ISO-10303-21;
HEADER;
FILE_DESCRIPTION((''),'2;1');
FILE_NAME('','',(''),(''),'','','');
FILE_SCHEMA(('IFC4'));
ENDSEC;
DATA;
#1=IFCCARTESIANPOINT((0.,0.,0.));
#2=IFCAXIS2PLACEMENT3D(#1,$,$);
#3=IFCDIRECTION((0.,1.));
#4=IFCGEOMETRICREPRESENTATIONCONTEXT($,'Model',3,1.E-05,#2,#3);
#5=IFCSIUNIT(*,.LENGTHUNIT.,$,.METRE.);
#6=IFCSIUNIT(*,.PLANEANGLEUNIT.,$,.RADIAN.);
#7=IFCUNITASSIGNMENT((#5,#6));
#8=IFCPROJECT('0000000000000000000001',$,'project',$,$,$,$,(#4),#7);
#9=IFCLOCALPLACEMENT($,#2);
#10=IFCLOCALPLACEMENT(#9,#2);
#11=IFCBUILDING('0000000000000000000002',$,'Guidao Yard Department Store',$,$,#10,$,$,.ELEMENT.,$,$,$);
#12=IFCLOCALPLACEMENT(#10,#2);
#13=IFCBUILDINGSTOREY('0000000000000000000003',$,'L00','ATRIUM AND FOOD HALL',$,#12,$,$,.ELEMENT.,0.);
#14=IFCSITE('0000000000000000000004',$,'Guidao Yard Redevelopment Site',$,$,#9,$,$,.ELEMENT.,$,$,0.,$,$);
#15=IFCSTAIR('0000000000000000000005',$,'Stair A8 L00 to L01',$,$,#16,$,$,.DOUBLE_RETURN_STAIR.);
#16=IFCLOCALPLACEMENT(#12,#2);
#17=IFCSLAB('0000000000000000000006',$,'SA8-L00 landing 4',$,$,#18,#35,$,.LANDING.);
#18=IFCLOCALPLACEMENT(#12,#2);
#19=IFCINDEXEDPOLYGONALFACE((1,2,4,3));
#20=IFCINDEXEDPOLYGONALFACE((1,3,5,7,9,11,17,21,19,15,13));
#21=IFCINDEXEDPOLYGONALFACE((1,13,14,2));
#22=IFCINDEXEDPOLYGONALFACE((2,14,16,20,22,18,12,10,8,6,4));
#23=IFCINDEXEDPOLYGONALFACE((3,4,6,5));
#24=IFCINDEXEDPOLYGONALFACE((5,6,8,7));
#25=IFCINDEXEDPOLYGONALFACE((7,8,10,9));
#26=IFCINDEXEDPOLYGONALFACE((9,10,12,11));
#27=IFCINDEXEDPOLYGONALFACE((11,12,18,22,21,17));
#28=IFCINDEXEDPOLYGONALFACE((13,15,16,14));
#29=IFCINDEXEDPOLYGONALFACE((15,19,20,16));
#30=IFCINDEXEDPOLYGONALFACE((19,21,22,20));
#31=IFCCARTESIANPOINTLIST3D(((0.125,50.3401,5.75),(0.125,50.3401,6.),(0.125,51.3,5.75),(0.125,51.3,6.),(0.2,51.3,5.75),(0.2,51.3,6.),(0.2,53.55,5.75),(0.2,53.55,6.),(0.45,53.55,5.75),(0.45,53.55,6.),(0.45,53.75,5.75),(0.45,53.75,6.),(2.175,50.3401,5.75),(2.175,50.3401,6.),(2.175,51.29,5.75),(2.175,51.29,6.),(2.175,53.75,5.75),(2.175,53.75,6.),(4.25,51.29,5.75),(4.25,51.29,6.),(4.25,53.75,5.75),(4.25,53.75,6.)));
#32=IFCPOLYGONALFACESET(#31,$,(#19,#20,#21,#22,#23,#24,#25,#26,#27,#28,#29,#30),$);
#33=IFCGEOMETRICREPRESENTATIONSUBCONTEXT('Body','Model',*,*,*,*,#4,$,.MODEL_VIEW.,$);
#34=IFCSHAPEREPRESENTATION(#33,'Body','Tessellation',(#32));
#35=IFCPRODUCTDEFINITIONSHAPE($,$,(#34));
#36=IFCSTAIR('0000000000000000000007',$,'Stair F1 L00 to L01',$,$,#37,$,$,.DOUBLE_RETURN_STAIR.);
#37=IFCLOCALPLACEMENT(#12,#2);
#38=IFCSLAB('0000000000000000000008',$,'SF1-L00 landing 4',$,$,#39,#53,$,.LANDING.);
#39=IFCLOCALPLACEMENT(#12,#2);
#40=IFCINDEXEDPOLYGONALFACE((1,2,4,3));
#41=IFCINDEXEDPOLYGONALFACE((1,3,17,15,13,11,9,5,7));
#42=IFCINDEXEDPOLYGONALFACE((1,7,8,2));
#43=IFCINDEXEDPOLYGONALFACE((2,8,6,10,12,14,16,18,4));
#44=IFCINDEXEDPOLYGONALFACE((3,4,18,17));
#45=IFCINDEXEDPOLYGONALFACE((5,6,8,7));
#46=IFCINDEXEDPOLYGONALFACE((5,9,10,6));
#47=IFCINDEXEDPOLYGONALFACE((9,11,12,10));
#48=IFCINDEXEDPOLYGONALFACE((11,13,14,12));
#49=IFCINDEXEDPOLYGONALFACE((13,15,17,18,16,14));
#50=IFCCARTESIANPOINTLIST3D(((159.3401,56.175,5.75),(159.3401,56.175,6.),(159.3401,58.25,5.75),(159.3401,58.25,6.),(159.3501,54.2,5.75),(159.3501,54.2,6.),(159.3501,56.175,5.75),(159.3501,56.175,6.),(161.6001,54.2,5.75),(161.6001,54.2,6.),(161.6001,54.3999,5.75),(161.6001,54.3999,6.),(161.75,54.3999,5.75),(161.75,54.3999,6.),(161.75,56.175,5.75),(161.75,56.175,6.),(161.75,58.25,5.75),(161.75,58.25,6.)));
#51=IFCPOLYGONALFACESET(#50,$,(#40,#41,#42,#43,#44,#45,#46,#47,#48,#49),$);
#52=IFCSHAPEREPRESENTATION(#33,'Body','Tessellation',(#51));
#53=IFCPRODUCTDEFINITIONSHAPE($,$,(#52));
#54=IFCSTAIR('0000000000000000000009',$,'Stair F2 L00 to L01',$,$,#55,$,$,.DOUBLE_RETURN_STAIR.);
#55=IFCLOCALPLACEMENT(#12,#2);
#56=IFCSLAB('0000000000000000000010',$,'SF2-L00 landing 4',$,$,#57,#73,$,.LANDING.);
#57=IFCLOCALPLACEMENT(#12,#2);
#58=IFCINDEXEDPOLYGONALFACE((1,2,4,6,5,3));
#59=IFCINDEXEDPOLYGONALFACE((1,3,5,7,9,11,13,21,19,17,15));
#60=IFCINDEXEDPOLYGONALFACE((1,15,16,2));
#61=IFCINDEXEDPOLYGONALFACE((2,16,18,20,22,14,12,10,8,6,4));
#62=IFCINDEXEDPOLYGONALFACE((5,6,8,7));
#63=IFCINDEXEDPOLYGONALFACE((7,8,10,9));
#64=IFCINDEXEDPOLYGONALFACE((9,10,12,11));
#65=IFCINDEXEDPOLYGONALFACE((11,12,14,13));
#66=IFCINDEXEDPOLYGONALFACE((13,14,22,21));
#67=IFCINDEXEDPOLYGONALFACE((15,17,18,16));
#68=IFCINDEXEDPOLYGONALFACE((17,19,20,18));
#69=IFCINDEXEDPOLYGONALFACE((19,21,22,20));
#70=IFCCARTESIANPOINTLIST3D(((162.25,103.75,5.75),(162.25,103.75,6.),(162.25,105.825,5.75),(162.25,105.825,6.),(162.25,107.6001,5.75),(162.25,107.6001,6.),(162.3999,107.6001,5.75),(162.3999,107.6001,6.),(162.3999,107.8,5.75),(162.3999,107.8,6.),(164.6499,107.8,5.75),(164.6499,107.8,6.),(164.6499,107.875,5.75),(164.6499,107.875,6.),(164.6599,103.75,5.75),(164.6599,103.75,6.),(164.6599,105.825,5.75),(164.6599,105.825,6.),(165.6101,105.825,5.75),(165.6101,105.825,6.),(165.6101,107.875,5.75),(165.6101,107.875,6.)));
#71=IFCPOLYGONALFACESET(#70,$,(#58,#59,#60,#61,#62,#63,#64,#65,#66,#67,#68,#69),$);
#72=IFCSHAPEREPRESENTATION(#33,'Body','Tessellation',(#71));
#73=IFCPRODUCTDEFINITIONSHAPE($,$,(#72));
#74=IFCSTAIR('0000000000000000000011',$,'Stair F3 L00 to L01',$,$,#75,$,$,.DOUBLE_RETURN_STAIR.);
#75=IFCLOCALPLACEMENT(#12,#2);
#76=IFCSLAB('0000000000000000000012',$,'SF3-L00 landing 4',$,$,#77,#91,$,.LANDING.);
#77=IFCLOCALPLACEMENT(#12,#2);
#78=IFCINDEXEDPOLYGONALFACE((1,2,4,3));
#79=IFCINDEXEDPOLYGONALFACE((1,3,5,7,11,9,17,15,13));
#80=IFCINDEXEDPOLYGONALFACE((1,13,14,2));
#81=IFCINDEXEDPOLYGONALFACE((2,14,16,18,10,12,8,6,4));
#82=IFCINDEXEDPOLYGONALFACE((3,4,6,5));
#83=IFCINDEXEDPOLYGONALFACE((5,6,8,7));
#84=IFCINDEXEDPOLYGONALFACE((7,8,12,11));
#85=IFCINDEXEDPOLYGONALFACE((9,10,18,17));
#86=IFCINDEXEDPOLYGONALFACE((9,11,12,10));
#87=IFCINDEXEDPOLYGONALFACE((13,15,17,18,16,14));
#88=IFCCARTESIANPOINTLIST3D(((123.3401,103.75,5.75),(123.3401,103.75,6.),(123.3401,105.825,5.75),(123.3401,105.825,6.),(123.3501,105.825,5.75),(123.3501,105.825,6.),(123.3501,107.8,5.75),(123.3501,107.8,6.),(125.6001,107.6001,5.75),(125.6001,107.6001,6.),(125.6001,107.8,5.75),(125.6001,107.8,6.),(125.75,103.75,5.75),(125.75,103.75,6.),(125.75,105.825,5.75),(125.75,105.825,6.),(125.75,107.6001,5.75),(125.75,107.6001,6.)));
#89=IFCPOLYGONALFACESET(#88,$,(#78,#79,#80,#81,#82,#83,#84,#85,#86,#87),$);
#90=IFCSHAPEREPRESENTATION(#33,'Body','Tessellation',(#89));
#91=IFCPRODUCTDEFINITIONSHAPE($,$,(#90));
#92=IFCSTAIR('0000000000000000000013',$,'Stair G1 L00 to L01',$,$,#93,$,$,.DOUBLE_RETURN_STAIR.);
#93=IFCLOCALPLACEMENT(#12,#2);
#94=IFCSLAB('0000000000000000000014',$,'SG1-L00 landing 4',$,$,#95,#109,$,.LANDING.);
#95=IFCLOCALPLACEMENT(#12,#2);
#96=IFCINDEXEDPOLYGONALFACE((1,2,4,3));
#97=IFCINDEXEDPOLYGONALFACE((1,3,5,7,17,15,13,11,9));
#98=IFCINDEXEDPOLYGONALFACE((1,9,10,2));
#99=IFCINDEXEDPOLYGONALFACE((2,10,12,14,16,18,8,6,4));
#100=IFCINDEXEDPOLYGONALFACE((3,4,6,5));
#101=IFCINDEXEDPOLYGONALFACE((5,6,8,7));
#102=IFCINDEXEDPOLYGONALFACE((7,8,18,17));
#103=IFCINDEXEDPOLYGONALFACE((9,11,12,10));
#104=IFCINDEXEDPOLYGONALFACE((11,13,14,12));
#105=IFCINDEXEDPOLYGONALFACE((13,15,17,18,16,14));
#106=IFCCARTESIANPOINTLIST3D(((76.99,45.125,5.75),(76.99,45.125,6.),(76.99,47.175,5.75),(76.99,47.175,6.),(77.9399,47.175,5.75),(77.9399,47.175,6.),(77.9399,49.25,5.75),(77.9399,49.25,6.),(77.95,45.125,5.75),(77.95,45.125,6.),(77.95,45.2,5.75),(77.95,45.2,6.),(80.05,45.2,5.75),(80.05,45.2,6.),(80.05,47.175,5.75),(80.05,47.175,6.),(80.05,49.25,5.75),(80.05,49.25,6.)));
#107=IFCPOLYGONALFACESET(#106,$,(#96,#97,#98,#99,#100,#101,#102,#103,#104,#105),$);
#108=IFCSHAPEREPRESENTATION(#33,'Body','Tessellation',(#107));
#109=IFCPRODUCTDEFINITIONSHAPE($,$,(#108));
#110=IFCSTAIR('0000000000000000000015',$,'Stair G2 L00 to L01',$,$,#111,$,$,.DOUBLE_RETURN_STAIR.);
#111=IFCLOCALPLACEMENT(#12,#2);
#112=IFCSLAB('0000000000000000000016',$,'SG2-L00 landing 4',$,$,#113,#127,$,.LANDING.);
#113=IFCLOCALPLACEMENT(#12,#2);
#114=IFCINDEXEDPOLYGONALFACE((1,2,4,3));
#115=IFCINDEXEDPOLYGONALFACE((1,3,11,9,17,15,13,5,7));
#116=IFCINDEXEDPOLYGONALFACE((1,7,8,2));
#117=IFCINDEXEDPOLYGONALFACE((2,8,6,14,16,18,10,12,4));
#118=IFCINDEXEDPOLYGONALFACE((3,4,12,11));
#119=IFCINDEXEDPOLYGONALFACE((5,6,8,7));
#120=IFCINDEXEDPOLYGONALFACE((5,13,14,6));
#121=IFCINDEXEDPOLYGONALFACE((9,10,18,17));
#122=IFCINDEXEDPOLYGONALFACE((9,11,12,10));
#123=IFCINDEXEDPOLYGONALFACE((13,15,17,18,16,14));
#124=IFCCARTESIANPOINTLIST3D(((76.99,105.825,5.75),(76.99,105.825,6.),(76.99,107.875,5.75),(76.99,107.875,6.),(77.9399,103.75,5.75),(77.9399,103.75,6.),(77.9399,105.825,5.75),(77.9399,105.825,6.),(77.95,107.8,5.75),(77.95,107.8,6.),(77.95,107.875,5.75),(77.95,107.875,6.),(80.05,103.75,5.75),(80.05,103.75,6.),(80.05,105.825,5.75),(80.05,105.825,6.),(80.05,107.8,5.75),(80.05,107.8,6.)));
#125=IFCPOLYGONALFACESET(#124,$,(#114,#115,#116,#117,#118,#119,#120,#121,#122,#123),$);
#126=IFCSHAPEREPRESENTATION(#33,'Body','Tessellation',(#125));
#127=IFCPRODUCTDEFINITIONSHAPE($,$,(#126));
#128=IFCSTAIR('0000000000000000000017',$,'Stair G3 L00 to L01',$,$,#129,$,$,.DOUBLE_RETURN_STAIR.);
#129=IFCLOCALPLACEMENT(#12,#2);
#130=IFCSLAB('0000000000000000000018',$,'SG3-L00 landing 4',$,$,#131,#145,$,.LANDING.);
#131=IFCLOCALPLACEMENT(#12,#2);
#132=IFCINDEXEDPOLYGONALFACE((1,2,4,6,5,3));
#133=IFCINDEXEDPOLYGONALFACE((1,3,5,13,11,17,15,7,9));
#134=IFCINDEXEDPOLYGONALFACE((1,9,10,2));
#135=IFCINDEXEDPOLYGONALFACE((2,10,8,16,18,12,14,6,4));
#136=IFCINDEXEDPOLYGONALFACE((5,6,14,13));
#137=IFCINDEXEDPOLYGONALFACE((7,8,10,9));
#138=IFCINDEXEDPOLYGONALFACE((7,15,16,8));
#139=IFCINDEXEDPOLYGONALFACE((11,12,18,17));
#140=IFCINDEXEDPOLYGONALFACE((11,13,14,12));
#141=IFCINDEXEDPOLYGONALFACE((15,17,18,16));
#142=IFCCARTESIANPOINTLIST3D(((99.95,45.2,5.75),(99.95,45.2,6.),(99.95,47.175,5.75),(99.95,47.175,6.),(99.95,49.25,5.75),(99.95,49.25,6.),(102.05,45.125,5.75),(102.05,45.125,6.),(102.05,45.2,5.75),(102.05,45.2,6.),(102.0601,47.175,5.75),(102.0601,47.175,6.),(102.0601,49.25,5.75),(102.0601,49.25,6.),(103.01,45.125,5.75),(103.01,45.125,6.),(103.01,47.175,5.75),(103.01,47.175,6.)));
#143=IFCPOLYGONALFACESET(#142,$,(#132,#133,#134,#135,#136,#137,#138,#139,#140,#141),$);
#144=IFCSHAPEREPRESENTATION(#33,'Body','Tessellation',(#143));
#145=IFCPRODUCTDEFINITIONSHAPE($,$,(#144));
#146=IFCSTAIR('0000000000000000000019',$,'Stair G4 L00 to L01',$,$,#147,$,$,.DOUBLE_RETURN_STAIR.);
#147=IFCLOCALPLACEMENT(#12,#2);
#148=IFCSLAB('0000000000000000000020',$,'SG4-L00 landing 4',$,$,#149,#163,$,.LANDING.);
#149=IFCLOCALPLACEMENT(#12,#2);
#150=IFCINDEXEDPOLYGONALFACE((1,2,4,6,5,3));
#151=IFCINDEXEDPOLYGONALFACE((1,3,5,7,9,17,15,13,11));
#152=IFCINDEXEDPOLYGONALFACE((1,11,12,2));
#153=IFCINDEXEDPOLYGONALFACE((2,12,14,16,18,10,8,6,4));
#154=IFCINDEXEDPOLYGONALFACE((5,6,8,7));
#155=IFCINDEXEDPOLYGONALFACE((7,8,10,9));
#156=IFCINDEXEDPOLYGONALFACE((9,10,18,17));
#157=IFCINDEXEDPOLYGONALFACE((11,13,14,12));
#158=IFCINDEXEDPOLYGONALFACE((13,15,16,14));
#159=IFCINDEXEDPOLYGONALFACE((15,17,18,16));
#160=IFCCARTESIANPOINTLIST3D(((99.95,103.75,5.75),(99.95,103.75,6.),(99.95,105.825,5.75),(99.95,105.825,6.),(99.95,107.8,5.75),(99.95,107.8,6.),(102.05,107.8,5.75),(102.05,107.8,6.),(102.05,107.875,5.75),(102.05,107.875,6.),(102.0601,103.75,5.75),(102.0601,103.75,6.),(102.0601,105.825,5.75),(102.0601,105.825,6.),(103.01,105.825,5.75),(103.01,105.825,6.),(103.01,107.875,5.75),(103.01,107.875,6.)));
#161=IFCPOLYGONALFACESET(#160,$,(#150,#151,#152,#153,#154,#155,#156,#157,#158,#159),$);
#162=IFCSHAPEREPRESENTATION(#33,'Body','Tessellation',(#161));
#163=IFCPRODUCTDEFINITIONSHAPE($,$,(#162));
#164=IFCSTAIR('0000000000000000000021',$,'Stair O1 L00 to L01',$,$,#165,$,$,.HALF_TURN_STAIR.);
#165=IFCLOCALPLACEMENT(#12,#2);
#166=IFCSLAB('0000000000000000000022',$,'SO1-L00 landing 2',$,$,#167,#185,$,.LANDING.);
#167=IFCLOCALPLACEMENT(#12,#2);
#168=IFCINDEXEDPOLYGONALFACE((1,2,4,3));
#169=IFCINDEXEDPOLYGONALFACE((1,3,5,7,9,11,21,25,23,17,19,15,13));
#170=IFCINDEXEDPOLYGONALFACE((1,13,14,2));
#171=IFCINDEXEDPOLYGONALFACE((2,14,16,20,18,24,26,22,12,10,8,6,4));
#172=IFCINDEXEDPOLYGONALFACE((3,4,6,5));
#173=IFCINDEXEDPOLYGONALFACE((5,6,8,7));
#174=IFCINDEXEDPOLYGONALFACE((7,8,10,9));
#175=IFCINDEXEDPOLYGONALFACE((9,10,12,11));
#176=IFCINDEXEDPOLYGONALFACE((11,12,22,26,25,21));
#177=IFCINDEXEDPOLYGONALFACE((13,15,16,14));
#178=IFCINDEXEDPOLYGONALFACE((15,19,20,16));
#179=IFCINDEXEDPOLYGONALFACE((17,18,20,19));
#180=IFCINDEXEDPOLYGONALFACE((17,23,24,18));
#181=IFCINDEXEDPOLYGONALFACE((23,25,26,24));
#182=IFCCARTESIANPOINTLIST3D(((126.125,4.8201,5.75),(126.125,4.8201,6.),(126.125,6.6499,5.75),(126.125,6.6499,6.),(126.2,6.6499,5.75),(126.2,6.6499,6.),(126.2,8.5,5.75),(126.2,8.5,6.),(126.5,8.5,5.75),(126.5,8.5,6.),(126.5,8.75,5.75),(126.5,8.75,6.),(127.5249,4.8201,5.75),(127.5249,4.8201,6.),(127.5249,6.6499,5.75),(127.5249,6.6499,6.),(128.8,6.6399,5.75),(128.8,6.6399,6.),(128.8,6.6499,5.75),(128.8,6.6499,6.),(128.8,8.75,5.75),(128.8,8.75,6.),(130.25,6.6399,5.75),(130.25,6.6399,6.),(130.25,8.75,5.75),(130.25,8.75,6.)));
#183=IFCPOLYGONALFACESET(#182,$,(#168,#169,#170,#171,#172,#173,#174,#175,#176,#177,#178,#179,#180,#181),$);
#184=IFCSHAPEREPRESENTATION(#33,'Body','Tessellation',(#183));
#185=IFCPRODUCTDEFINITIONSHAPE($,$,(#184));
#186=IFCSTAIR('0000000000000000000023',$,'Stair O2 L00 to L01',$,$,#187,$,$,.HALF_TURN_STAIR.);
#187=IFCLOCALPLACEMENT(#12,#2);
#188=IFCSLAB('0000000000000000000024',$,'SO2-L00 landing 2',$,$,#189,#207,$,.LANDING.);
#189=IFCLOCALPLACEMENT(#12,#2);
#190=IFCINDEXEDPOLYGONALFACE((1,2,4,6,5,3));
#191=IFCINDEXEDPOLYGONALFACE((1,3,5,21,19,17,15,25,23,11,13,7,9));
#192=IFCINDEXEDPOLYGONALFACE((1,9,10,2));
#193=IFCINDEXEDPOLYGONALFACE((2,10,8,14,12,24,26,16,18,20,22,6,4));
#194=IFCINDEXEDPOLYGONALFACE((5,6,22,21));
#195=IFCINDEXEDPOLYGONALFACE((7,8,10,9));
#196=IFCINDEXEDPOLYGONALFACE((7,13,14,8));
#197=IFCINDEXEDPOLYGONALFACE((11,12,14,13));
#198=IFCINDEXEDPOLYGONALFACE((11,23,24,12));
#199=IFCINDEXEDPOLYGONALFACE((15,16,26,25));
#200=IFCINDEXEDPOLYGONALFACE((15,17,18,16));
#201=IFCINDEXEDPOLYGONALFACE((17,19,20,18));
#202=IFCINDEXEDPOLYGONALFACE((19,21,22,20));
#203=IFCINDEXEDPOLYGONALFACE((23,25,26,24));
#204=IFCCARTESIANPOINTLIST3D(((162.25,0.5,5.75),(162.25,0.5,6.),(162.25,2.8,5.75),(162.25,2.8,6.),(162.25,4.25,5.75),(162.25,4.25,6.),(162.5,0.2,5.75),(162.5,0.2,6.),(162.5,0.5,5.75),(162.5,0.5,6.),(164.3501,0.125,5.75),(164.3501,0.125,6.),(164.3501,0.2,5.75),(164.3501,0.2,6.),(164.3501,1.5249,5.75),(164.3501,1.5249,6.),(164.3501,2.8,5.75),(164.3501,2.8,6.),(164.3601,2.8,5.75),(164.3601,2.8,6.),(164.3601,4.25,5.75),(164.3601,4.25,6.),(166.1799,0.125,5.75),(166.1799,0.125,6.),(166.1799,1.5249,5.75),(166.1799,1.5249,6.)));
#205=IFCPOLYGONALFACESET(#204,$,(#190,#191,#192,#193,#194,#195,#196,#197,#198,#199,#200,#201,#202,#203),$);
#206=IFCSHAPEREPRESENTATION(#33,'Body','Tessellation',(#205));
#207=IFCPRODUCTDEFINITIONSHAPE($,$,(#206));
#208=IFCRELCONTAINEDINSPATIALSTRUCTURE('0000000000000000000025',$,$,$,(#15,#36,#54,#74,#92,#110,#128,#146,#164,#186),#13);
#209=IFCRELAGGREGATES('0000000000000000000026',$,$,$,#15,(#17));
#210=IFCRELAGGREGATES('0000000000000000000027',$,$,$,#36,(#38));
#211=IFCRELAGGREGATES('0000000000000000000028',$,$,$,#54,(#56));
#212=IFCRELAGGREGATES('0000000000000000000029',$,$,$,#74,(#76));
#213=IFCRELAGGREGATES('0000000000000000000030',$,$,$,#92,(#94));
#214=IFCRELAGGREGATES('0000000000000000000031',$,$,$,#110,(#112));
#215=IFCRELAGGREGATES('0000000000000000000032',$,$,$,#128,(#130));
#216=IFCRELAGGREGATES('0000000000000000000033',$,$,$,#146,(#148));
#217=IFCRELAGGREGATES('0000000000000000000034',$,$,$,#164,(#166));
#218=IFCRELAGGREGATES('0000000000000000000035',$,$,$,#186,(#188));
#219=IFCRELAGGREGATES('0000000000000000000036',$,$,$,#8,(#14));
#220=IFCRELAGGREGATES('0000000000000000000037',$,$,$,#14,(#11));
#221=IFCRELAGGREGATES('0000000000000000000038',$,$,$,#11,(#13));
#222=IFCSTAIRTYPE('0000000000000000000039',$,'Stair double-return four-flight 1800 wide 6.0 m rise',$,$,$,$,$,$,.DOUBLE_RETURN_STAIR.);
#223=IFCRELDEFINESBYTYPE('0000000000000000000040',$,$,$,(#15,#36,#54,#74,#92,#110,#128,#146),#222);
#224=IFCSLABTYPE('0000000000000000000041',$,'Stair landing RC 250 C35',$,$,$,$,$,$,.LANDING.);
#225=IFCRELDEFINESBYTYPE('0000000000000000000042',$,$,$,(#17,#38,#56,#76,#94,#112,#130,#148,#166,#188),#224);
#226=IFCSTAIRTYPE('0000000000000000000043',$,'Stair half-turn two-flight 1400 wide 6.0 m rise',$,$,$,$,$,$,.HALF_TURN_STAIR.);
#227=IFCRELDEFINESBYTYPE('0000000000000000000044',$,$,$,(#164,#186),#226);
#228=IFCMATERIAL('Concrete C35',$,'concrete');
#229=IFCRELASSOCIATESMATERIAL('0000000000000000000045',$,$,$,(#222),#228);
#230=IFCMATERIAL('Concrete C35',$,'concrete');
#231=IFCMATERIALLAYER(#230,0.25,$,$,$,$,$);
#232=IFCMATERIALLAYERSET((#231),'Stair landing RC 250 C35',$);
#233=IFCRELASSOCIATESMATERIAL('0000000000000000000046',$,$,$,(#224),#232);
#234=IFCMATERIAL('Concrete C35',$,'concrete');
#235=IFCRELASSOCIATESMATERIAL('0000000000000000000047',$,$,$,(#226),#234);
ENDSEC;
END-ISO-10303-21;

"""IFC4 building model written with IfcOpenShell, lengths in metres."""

from ifc_helpers import new_model, si_unit, direction, frame, origin, place, context, subcontext, project, spatial, polyline, outline, extrude, material, layer, layer_set, type_object, element, aggregate, save


model = new_model("IFC4")

# Units and contexts
model_context = context("Model", 3, precision=1e-05, world=origin(), true_north=direction((0.0, 1.0)))
body_context = subcontext(model_context, "Body", "Model", "MODEL_VIEW")
ifc_project = project(units=[si_unit("LENGTHUNIT", "METRE"), si_unit("PLANEANGLEUNIT", "RADIAN")], contexts=[model_context])

# Site, building, storey
site_placement = place(None, origin())
site = spatial("IfcSite", under=ifc_project, at=site_placement, Name="Guidao Yard Redevelopment Site", CompositionType="ELEMENT", RefElevation=0.0)
building_placement = place(site_placement, origin())
building = spatial("IfcBuilding", under=site, at=building_placement, Name="Guidao Yard Department Store", CompositionType="ELEMENT")
storey_placement = place(building_placement, origin())
storey = spatial("IfcBuildingStorey", under=building, at=storey_placement, Name="L00", Description="ATRIUM AND FOOD HALL", CompositionType="ELEMENT", Elevation=0.0)

# Stairs, slabs
ifc_material_1 = material(Name="Concrete C35", Category="concrete")
stair_type_1 = type_object("IfcStairType", Name="Stair double-return four-flight 1800 wide 6.0 m rise", PredefinedType="DOUBLE_RETURN_STAIR", material=ifc_material_1)
ifc_material_2 = material(Name="Concrete C35", Category="concrete")
ifc_layer_1 = layer(ifc_material_2, 0.25)
ifc_layer_set_1 = layer_set([ifc_layer_1], Name="Stair landing RC 250 C35")
slab_type_1 = type_object("IfcSlabType", Name="Stair landing RC 250 C35", PredefinedType="LANDING", material=ifc_layer_set_1)
ifc_material_3 = material(Name="Concrete C35", Category="concrete")
stair_type_2 = type_object("IfcStairType", Name="Stair half-turn two-flight 1400 wide 6.0 m rise", PredefinedType="HALF_TURN_STAIR", material=ifc_material_3)
stair_1_placement = place(storey_placement, origin())
stair_1 = element("IfcStair", 1, at=stair_1_placement, inside=storey, type_object=stair_type_1, Name="Stair A8 L00 to L01", PredefinedType="DOUBLE_RETURN_STAIR")
slab_1_placement = place(storey_placement, frame((0.0, 0.0, 5.75)))
slab_1 = element("IfcSlab", 2, at=slab_1_placement, type_object=slab_type_1, Name="SA8-L00 landing 4", PredefinedType="LANDING", context=body_context, shape_type="SweptSolid", body=[
    extrude(outline(polyline([(0.125, 51.3), (0.2, 51.3), (0.2, 53.55), (0.45, 53.55), (0.45, 53.75), (2.175, 53.75), (4.25, 53.75), (4.25, 51.29), (2.175, 51.29), (2.175, 50.3401), (0.125, 50.3401), (0.125, 51.3)])), origin(), (0.0, 0.0, 1.0), 0.25),
])
aggregate(stair_1, [slab_1])
stair_2_placement = place(storey_placement, origin())
stair_2 = element("IfcStair", 3, at=stair_2_placement, inside=storey, type_object=stair_type_1, Name="Stair F1 L00 to L01", PredefinedType="DOUBLE_RETURN_STAIR")
slab_2_placement = place(storey_placement, frame((0.0, 0.0, 5.75)))
slab_2 = element("IfcSlab", 4, at=slab_2_placement, type_object=slab_type_1, Name="SF1-L00 landing 4", PredefinedType="LANDING", context=body_context, shape_type="SweptSolid", body=[
    extrude(outline(polyline([(159.3501, 56.175), (159.3401, 56.175), (159.3401, 58.25), (161.75, 58.25), (161.75, 56.175), (161.75, 54.3999), (161.6001, 54.3999), (161.6001, 54.2), (159.3501, 54.2), (159.3501, 56.175)])), origin(), (0.0, 0.0, 1.0), 0.25),
])
aggregate(stair_2, [slab_2])
stair_3_placement = place(storey_placement, origin())
stair_3 = element("IfcStair", 5, at=stair_3_placement, inside=storey, type_object=stair_type_1, Name="Stair F2 L00 to L01", PredefinedType="DOUBLE_RETURN_STAIR")
slab_3_placement = place(storey_placement, frame((0.0, 0.0, 5.75)))
slab_3 = element("IfcSlab", 6, at=slab_3_placement, type_object=slab_type_1, Name="SF2-L00 landing 4", PredefinedType="LANDING", context=body_context, shape_type="SweptSolid", body=[
    extrude(outline(polyline([(162.25, 105.825), (162.25, 107.6001), (162.3999, 107.6001), (162.3999, 107.8), (164.6499, 107.8), (164.6499, 107.875), (165.6101, 107.875), (165.6101, 105.825), (164.6599, 105.825), (164.6599, 103.75), (162.25, 103.75), (162.25, 105.825)])), origin(), (0.0, 0.0, 1.0), 0.25),
])
aggregate(stair_3, [slab_3])
stair_4_placement = place(storey_placement, origin())
stair_4 = element("IfcStair", 7, at=stair_4_placement, inside=storey, type_object=stair_type_1, Name="Stair F3 L00 to L01", PredefinedType="DOUBLE_RETURN_STAIR")
slab_4_placement = place(storey_placement, frame((0.0, 0.0, 5.75)))
slab_4 = element("IfcSlab", 8, at=slab_4_placement, type_object=slab_type_1, Name="SF3-L00 landing 4", PredefinedType="LANDING", context=body_context, shape_type="SweptSolid", body=[
    extrude(outline(polyline([(123.3401, 105.825), (123.3501, 105.825), (123.3501, 107.8), (125.6001, 107.8), (125.6001, 107.6001), (125.75, 107.6001), (125.75, 105.825), (125.75, 103.75), (123.3401, 103.75), (123.3401, 105.825)])), origin(), (0.0, 0.0, 1.0), 0.25),
])
aggregate(stair_4, [slab_4])
stair_5_placement = place(storey_placement, origin())
stair_5 = element("IfcStair", 9, at=stair_5_placement, inside=storey, type_object=stair_type_1, Name="Stair G1 L00 to L01", PredefinedType="DOUBLE_RETURN_STAIR")
slab_5_placement = place(storey_placement, frame((0.0, 0.0, 5.75)))
slab_5 = element("IfcSlab", 10, at=slab_5_placement, type_object=slab_type_1, Name="SG1-L00 landing 4", PredefinedType="LANDING", context=body_context, shape_type="SweptSolid", body=[
    extrude(outline(polyline([(76.99, 45.125), (76.99, 47.175), (77.9399, 47.175), (77.9399, 49.25), (80.05, 49.25), (80.05, 47.175), (80.05, 45.2), (77.95, 45.2), (77.95, 45.125), (76.99, 45.125)])), origin(), (0.0, 0.0, 1.0), 0.25),
])
aggregate(stair_5, [slab_5])
stair_6_placement = place(storey_placement, origin())
stair_6 = element("IfcStair", 11, at=stair_6_placement, inside=storey, type_object=stair_type_1, Name="Stair G2 L00 to L01", PredefinedType="DOUBLE_RETURN_STAIR")
slab_6_placement = place(storey_placement, frame((0.0, 0.0, 5.75)))
slab_6 = element("IfcSlab", 12, at=slab_6_placement, type_object=slab_type_1, Name="SG2-L00 landing 4", PredefinedType="LANDING", context=body_context, shape_type="SweptSolid", body=[
    extrude(outline(polyline([(77.9399, 103.75), (77.9399, 105.825), (76.99, 105.825), (76.99, 107.875), (77.95, 107.875), (77.95, 107.8), (80.05, 107.8), (80.05, 105.825), (80.05, 103.75), (77.9399, 103.75)])), origin(), (0.0, 0.0, 1.0), 0.25),
])
aggregate(stair_6, [slab_6])
stair_7_placement = place(storey_placement, origin())
stair_7 = element("IfcStair", 13, at=stair_7_placement, inside=storey, type_object=stair_type_1, Name="Stair G3 L00 to L01", PredefinedType="DOUBLE_RETURN_STAIR")
slab_7_placement = place(storey_placement, frame((0.0, 0.0, 5.75)))
slab_7 = element("IfcSlab", 14, at=slab_7_placement, type_object=slab_type_1, Name="SG3-L00 landing 4", PredefinedType="LANDING", context=body_context, shape_type="SweptSolid", body=[
    extrude(outline(polyline([(103.01, 45.125), (102.05, 45.125), (102.05, 45.2), (99.95, 45.2), (99.95, 47.175), (99.95, 49.25), (102.0601, 49.25), (102.0601, 47.175), (103.01, 47.175), (103.01, 45.125)])), origin(), (0.0, 0.0, 1.0), 0.25),
])
aggregate(stair_7, [slab_7])
stair_8_placement = place(storey_placement, origin())
stair_8 = element("IfcStair", 15, at=stair_8_placement, inside=storey, type_object=stair_type_1, Name="Stair G4 L00 to L01", PredefinedType="DOUBLE_RETURN_STAIR")
slab_8_placement = place(storey_placement, frame((0.0, 0.0, 5.75)))
slab_8 = element("IfcSlab", 16, at=slab_8_placement, type_object=slab_type_1, Name="SG4-L00 landing 4", PredefinedType="LANDING", context=body_context, shape_type="SweptSolid", body=[
    extrude(outline(polyline([(99.95, 103.75), (99.95, 105.825), (99.95, 107.8), (102.05, 107.8), (102.05, 107.875), (103.01, 107.875), (103.01, 105.825), (102.0601, 105.825), (102.0601, 103.75), (99.95, 103.75)])), origin(), (0.0, 0.0, 1.0), 0.25),
])
aggregate(stair_8, [slab_8])
stair_9_placement = place(storey_placement, origin())
stair_9 = element("IfcStair", 17, at=stair_9_placement, inside=storey, type_object=stair_type_2, Name="Stair O1 L00 to L01", PredefinedType="HALF_TURN_STAIR")
slab_9_placement = place(storey_placement, frame((0.0, 0.0, 5.75)))
slab_9 = element("IfcSlab", 18, at=slab_9_placement, type_object=slab_type_1, Name="SO1-L00 landing 2", PredefinedType="LANDING", context=body_context, shape_type="SweptSolid", body=[
    extrude(outline(polyline([(126.125, 6.6499), (126.2, 6.6499), (126.2, 8.5), (126.5, 8.5), (126.5, 8.75), (128.8, 8.75), (130.25, 8.75), (130.25, 6.6399), (128.8, 6.6399), (128.8, 6.6499), (127.5249, 6.6499), (127.5249, 4.8201), (126.125, 4.8201), (126.125, 6.6499)])), origin(), (0.0, 0.0, 1.0), 0.25),
])
aggregate(stair_9, [slab_9])
stair_10_placement = place(storey_placement, origin())
stair_10 = element("IfcStair", 19, at=stair_10_placement, inside=storey, type_object=stair_type_2, Name="Stair O2 L00 to L01", PredefinedType="HALF_TURN_STAIR")
slab_10_placement = place(storey_placement, frame((0.0, 0.0, 5.75)))
slab_10 = element("IfcSlab", 20, at=slab_10_placement, type_object=slab_type_1, Name="SO2-L00 landing 2", PredefinedType="LANDING", context=body_context, shape_type="SweptSolid", body=[
    extrude(outline(polyline([(164.3501, 0.125), (164.3501, 0.2), (162.5, 0.2), (162.5, 0.5), (162.25, 0.5), (162.25, 2.8), (162.25, 4.25), (164.3601, 4.25), (164.3601, 2.8), (164.3501, 2.8), (164.3501, 1.5249), (166.1799, 1.5249), (166.1799, 0.125), (164.3501, 0.125)])), origin(), (0.0, 0.0, 1.0), 0.25),
])
aggregate(stair_10, [slab_10])

save(model, "model.ifc")
